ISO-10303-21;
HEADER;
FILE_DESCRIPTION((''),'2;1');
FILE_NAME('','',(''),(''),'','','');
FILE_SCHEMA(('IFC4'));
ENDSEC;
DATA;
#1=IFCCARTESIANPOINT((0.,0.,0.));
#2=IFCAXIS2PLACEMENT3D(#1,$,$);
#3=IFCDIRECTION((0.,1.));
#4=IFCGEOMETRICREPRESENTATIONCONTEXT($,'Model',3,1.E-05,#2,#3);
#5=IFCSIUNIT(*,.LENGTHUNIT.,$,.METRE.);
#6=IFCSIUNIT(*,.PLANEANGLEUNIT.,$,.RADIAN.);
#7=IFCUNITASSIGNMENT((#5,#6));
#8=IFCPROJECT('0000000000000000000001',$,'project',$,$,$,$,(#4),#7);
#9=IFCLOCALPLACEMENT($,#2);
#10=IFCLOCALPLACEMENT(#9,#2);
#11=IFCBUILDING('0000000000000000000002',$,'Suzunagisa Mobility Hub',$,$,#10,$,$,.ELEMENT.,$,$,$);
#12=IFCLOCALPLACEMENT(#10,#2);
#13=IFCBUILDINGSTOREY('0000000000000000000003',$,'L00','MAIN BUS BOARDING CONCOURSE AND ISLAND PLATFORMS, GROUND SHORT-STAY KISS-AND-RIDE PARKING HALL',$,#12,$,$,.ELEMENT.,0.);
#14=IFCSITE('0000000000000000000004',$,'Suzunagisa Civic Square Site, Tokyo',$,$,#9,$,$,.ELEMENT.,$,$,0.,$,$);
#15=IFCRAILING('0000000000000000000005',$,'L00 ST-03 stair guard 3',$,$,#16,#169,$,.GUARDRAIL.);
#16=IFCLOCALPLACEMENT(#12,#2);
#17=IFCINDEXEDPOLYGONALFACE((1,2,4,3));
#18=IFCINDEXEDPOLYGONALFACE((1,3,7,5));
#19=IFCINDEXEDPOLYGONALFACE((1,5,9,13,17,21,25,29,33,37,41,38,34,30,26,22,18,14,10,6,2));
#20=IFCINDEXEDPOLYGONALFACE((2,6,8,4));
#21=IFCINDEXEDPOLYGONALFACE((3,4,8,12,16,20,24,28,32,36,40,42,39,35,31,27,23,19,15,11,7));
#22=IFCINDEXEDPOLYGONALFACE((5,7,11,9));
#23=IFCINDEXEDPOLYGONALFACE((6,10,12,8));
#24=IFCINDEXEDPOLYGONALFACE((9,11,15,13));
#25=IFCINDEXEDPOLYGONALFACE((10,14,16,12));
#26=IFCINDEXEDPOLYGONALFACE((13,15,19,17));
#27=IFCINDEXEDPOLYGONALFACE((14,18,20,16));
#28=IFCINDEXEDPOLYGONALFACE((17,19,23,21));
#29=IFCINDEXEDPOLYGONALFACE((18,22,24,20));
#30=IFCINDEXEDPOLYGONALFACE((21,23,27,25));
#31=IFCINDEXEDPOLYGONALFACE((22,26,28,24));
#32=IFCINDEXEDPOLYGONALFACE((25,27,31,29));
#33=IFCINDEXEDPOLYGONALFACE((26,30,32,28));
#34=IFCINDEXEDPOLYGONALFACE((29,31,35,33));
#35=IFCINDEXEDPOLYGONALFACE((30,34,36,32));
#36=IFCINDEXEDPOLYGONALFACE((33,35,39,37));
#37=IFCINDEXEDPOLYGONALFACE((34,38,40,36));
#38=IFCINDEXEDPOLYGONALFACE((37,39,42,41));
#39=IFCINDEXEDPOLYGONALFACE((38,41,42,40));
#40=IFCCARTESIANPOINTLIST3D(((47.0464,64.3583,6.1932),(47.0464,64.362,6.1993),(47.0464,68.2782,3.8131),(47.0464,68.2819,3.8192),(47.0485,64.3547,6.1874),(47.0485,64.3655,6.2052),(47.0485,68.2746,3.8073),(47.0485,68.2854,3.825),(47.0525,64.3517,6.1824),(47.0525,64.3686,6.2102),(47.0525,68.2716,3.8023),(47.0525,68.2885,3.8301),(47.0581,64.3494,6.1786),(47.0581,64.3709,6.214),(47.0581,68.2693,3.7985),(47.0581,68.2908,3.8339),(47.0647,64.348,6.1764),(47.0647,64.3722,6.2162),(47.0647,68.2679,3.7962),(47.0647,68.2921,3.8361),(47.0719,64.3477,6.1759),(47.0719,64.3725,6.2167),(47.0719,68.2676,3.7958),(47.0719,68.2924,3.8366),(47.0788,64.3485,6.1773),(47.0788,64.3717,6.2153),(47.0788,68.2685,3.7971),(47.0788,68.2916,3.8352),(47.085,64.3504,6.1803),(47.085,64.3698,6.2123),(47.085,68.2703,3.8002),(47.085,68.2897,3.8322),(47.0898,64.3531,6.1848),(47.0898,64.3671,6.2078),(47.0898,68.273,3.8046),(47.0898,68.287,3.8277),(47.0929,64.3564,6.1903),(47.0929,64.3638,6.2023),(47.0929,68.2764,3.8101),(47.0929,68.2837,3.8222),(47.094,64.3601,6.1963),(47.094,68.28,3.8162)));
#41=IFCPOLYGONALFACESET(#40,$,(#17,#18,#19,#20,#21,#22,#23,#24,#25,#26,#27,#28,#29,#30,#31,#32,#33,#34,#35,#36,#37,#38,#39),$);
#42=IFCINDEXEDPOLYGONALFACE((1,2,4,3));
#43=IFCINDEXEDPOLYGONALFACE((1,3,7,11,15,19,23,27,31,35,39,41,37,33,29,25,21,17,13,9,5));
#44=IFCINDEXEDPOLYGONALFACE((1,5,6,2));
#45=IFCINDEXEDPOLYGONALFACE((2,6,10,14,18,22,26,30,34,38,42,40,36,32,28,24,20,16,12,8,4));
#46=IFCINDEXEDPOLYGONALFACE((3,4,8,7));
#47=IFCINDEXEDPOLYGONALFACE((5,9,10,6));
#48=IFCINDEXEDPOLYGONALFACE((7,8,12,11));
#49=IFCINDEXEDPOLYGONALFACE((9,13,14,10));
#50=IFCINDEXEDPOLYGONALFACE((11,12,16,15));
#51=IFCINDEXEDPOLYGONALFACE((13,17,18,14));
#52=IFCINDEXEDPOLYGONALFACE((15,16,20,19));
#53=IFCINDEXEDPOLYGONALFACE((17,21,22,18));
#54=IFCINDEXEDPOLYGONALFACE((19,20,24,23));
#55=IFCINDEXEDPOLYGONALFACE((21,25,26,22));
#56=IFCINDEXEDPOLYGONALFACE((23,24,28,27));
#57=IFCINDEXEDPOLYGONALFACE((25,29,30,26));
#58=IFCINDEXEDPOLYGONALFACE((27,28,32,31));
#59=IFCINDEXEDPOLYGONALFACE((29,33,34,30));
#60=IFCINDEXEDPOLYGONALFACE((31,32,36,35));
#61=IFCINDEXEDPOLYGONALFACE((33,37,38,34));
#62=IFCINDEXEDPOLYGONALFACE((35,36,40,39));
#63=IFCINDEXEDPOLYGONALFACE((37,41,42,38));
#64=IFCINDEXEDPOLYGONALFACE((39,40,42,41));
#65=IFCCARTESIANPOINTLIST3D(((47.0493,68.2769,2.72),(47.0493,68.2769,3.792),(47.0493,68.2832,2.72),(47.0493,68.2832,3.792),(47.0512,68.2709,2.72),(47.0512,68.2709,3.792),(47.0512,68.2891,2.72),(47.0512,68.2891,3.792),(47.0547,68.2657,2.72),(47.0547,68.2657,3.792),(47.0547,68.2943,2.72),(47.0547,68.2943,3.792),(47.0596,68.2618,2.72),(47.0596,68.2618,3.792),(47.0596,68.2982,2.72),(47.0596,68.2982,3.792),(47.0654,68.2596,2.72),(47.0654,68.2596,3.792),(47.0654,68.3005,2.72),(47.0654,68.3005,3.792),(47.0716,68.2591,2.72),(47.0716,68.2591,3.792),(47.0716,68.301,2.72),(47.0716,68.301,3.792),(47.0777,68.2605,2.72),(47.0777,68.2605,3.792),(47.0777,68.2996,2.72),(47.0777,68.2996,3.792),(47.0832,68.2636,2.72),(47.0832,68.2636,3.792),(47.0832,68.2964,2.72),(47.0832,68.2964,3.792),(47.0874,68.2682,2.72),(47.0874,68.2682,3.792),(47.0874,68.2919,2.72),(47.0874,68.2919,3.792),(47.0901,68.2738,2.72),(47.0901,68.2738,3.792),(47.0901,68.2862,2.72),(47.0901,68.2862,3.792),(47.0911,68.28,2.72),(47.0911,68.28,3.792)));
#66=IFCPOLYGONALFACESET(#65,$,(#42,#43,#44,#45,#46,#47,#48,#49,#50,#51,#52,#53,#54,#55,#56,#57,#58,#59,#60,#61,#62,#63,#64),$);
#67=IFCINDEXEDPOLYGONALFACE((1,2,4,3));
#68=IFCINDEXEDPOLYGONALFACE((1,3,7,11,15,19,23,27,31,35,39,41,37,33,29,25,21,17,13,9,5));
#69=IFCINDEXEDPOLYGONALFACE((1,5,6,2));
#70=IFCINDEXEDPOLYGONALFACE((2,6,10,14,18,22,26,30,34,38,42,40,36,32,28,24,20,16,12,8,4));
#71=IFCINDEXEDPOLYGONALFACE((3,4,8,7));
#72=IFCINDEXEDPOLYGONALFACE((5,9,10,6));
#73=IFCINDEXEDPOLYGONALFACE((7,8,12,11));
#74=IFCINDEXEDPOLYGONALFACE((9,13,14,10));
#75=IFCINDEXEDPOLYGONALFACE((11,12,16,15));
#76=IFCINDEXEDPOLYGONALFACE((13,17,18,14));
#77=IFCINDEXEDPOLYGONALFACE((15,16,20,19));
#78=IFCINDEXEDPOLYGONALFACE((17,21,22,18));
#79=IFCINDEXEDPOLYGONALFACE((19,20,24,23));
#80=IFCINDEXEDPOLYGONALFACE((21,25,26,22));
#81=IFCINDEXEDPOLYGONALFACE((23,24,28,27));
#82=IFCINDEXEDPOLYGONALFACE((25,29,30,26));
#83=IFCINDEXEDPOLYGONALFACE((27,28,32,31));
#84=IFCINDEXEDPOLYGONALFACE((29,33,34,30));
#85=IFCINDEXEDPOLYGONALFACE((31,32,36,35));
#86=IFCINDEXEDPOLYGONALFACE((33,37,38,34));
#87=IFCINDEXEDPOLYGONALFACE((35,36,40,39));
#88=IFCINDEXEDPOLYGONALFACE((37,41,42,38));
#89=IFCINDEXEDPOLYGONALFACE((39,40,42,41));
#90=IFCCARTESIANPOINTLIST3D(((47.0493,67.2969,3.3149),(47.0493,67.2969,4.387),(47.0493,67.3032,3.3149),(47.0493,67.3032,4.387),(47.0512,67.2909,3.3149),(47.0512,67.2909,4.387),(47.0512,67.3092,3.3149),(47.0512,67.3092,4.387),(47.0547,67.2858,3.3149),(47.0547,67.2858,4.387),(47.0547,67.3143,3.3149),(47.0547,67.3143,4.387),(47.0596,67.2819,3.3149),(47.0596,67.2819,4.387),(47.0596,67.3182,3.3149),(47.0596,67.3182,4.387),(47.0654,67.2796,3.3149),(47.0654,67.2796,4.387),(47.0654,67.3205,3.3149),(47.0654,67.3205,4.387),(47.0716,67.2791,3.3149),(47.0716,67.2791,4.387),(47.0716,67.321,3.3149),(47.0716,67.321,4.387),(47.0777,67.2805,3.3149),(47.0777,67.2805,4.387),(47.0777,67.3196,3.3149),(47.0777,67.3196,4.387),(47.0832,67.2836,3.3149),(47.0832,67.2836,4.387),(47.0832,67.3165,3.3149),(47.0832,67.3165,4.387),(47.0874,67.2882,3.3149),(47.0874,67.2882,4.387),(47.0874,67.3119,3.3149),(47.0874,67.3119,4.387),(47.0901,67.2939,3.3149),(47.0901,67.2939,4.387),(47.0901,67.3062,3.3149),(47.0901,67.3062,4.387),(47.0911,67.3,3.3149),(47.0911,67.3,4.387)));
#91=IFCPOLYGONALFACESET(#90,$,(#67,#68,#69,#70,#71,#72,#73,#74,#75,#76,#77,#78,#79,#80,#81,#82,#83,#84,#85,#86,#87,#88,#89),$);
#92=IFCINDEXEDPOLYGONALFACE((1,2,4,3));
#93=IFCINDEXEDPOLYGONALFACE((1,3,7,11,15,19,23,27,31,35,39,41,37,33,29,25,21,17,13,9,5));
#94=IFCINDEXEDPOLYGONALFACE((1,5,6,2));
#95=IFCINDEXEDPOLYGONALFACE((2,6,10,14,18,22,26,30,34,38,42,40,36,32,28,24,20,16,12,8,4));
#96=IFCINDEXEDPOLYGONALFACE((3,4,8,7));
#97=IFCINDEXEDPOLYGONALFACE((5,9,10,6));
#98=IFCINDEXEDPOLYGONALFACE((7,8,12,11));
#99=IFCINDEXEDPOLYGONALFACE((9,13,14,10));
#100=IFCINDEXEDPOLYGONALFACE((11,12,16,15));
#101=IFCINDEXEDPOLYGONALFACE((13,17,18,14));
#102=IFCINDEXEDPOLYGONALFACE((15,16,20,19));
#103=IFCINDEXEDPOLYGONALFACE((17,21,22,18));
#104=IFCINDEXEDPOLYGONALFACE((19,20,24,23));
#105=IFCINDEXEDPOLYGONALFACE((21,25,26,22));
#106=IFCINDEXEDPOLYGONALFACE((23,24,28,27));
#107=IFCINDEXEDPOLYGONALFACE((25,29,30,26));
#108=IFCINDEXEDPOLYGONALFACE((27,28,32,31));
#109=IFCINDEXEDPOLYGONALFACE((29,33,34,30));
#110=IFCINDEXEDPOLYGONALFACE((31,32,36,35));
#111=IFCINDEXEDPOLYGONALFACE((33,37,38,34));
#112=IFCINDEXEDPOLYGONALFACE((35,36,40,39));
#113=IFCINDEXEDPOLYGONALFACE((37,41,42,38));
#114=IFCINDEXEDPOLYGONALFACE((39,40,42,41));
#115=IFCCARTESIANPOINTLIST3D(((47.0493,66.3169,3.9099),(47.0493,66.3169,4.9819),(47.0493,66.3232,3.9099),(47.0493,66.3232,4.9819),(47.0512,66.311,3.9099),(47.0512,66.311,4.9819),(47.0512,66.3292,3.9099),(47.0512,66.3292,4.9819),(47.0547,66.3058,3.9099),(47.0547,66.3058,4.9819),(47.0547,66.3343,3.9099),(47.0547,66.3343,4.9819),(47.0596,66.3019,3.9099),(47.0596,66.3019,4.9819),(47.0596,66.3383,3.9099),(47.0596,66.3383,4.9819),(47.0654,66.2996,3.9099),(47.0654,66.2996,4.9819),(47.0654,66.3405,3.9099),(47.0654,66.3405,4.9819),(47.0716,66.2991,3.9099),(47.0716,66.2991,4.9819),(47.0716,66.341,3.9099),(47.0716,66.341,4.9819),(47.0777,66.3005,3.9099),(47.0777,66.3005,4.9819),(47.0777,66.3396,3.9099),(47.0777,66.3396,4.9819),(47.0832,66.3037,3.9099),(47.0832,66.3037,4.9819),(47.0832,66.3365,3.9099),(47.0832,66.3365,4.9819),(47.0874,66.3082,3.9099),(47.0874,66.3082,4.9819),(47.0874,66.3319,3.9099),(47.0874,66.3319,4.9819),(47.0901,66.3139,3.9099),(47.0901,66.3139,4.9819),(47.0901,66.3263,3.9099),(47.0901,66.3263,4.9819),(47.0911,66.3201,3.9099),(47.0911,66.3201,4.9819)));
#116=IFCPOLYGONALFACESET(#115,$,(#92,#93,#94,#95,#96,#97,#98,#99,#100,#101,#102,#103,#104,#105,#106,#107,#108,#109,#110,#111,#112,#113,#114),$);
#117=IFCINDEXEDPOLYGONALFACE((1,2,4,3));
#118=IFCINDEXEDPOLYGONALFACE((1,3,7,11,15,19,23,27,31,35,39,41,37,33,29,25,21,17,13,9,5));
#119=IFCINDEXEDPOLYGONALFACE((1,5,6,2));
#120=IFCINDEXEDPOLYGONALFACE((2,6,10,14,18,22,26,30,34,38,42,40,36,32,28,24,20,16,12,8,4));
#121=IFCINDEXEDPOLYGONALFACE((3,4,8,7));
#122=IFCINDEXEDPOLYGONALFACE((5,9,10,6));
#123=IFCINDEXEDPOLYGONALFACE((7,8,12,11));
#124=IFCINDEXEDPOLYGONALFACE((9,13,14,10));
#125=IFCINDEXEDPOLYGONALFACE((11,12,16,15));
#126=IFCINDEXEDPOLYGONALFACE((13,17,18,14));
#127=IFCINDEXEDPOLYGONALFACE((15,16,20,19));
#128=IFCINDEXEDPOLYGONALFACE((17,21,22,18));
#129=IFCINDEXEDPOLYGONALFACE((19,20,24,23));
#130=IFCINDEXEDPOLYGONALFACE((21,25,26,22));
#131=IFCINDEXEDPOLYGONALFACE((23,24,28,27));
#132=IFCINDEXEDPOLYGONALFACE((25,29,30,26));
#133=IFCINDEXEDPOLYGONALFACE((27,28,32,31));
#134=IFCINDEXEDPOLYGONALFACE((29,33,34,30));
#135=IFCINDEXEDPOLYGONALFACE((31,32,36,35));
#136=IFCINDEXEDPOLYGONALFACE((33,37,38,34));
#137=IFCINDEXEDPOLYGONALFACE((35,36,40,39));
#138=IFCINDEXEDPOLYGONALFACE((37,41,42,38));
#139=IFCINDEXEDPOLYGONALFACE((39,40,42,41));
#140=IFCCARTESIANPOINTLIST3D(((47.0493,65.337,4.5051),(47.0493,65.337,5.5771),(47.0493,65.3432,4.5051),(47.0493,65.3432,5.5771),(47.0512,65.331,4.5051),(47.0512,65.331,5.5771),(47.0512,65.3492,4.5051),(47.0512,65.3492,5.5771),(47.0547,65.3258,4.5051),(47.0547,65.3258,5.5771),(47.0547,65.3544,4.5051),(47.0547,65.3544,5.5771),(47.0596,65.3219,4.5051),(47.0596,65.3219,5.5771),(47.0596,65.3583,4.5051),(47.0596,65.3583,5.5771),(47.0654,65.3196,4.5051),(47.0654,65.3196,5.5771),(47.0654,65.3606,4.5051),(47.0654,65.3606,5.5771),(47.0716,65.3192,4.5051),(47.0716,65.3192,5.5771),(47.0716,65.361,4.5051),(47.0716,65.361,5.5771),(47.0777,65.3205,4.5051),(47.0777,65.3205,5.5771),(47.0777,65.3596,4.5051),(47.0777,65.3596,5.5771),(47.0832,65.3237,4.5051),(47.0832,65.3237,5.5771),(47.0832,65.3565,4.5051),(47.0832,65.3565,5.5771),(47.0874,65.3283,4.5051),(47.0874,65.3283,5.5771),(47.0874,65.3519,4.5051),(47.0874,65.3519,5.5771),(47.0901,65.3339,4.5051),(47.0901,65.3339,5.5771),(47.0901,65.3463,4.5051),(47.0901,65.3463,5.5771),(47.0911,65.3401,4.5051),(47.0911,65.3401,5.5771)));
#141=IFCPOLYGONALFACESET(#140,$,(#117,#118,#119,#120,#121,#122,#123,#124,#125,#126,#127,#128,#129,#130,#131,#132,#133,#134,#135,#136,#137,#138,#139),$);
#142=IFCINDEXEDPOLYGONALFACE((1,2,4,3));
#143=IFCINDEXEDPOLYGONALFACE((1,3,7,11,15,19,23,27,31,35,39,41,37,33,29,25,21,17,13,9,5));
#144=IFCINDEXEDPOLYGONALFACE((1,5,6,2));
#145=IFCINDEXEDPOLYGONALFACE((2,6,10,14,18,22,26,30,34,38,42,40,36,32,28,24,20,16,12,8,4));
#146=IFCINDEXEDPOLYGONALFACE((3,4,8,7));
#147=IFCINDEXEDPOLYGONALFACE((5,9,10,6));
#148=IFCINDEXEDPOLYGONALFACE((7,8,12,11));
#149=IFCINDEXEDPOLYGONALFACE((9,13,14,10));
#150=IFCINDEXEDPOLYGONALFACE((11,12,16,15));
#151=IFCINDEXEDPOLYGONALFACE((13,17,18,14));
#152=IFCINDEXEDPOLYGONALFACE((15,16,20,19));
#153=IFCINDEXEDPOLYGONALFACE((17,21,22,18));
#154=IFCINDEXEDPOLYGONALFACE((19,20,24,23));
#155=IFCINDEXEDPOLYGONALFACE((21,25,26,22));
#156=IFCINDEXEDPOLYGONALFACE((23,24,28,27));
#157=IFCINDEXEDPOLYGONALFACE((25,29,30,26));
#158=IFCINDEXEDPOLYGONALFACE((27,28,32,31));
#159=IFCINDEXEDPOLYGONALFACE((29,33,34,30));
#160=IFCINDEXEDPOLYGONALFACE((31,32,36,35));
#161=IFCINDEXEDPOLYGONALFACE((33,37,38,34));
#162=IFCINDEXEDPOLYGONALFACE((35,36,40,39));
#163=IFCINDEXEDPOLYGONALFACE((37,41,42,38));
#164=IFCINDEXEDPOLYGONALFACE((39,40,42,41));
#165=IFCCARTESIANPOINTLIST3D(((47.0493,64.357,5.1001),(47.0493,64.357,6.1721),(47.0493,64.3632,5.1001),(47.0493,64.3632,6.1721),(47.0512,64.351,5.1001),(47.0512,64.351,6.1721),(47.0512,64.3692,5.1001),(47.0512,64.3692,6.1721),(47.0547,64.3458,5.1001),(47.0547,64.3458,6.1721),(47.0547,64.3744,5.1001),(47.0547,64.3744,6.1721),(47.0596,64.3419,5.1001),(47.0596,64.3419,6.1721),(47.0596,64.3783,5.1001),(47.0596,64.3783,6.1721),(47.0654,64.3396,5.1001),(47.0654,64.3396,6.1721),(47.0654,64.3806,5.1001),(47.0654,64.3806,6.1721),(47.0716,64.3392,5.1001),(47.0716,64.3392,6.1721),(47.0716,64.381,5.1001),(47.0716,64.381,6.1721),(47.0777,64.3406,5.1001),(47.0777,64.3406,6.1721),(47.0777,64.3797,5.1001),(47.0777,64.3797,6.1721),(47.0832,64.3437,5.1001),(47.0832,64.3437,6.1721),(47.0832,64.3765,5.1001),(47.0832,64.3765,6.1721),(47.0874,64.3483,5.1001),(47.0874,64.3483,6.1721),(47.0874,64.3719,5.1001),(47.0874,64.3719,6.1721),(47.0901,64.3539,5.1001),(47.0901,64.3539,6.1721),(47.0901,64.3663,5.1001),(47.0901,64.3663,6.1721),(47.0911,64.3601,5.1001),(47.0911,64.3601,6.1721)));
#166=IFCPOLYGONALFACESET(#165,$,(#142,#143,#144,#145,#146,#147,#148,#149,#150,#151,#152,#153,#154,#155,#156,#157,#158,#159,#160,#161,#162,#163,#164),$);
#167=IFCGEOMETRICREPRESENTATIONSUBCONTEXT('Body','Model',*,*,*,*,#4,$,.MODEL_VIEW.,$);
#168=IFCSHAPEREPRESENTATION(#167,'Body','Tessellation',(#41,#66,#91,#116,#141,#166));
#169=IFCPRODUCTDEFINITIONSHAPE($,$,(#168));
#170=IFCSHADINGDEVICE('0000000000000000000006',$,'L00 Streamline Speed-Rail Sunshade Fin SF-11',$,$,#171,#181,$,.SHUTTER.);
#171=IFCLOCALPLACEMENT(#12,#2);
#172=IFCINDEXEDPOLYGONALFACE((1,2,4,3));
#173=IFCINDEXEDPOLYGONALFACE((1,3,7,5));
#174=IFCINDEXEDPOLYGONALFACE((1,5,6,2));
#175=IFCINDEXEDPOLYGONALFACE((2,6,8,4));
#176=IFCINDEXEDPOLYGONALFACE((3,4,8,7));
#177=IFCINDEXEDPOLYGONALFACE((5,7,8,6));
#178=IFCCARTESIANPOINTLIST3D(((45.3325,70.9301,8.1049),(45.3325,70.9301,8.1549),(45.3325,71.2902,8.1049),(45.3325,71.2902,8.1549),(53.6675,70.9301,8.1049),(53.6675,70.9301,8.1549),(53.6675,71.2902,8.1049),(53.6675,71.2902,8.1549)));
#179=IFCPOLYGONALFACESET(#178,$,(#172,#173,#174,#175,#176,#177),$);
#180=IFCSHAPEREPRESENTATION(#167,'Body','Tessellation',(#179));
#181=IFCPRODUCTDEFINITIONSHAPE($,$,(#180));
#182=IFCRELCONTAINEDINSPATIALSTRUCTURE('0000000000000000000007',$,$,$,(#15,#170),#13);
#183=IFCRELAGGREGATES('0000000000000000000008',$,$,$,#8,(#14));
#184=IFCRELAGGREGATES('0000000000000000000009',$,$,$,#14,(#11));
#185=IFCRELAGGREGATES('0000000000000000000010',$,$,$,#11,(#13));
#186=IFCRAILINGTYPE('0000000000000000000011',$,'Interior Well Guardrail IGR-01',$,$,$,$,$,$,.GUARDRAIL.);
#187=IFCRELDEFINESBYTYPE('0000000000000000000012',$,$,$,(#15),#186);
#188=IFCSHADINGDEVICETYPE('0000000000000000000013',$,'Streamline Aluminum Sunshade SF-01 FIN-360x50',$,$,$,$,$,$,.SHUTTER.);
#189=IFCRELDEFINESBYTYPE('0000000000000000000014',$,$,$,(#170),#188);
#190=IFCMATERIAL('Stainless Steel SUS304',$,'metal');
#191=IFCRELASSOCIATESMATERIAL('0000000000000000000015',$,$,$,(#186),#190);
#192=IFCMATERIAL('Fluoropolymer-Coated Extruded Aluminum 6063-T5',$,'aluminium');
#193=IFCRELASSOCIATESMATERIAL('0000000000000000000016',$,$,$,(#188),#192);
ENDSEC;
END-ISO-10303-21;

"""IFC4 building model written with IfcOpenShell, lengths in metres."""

from ifc_helpers import new_model, si_unit, direction, frame, origin, origin_2d, place, context, subcontext, project, spatial, rectangle, circle, extrude, material, material_profile, profile_set, type_object, element, save


model = new_model("IFC4")

# Units and contexts
model_context = context("Model", 3, precision=1e-05, world=origin(), true_north=direction((0.0, 1.0)))
body_context = subcontext(model_context, "Body", "Model", "MODEL_VIEW")
ifc_project = project(units=[si_unit("LENGTHUNIT", "METRE"), si_unit("PLANEANGLEUNIT", "RADIAN")], contexts=[model_context])

# Site, building, storey
site_placement = place(None, origin())
site = spatial("IfcSite", under=ifc_project, at=site_placement, Name="Suzunagisa Civic Square Site, Tokyo", CompositionType="ELEMENT", RefElevation=0.0)
building_placement = place(site_placement, origin())
building = spatial("IfcBuilding", under=site, at=building_placement, Name="Suzunagisa Mobility Hub", CompositionType="ELEMENT")
storey_placement = place(building_placement, origin())
storey = spatial("IfcBuildingStorey", under=building, at=storey_placement, Name="L00", Description="MAIN BUS BOARDING CONCOURSE AND ISLAND PLATFORMS, GROUND SHORT-STAY KISS-AND-RIDE PARKING HALL", CompositionType="ELEMENT", Elevation=0.0)

# Railing
ifc_material_1 = material(Name="Stainless Steel SUS304", Category="metal")
railing_type_1 = type_object("IfcRailingType", Name="Interior Well Guardrail IGR-01", PredefinedType="GUARDRAIL", material=ifc_material_1)
railing_1_placement = place(storey_placement, frame((47.0701, 68.28, 2.72)))
element("IfcRailing", 1, at=railing_1_placement, inside=storey, type_object=railing_type_1, Name="L00 ST-03 stair guard 3", PredefinedType="GUARDRAIL", context=body_context, shape_type="SweptSolid", body=[
    extrude(circle(Radius=0.0239, at=origin_2d()), frame((0.0, 0.0, 1.0962), z_axis=(0.0, -0.854771, 0.519006), x_axis=(1.0, 0.0, 0.0)), (0.0, 0.0, 1.0), 4.5859),
    extrude(circle(Radius=0.021, at=origin_2d()), origin(), (0.0, 0.0, 1.0), 1.072),
    extrude(circle(Radius=0.021, at=origin_2d()), frame((0.0, -0.98, 0.595)), (0.0, 0.0, 1.0), 1.072),
    extrude(circle(Radius=0.021, at=origin_2d()), frame((0.0, -1.96, 1.1899)), (0.0, 0.0, 1.0), 1.072),
    extrude(circle(Radius=0.021, at=origin_2d()), frame((0.0, -2.9399, 1.7852)), (0.0, 0.0, 1.0), 1.072),
    extrude(circle(Radius=0.021, at=origin_2d()), frame((0.0, -3.9199, 2.3801)), (0.0, 0.0, 1.0), 1.072),
])

# Shading device
ifc_material_2 = material(Name="Fluoropolymer-Coated Extruded Aluminum 6063-T5", Category="aluminium")
ifc_material_profile_1 = material_profile(ifc_material_2, rectangle(XDim=0.3601, YDim=0.05, at=origin_2d()), Name="FIN-360x50")
ifc_profile_set_1 = profile_set([ifc_material_profile_1], Name="Fluoropolymer-Coated Extruded Aluminum 6063-T5")
shading_device_type = type_object("IfcShadingDeviceType", Name="Streamline Aluminum Sunshade SF-01 FIN-360x50", PredefinedType="SHUTTER", material=ifc_profile_set_1)
shading_device_placement = place(storey_placement, frame((53.6675, 71.1101, 8.1299), z_axis=(-1.0, 0.0, 0.0), x_axis=(0.0, -1.0, 0.0)))
element("IfcShadingDevice", 2, at=shading_device_placement, inside=storey, type_object=shading_device_type, Name="L00 Streamline Speed-Rail Sunshade Fin SF-11", PredefinedType="SHUTTER", context=body_context, shape_type="SweptSolid", body=[
    extrude(rectangle(XDim=0.3601, YDim=0.05, at=origin_2d()), origin(), (0.0, 0.0, 1.0), 8.335),
])

save(model, "model.ifc")
